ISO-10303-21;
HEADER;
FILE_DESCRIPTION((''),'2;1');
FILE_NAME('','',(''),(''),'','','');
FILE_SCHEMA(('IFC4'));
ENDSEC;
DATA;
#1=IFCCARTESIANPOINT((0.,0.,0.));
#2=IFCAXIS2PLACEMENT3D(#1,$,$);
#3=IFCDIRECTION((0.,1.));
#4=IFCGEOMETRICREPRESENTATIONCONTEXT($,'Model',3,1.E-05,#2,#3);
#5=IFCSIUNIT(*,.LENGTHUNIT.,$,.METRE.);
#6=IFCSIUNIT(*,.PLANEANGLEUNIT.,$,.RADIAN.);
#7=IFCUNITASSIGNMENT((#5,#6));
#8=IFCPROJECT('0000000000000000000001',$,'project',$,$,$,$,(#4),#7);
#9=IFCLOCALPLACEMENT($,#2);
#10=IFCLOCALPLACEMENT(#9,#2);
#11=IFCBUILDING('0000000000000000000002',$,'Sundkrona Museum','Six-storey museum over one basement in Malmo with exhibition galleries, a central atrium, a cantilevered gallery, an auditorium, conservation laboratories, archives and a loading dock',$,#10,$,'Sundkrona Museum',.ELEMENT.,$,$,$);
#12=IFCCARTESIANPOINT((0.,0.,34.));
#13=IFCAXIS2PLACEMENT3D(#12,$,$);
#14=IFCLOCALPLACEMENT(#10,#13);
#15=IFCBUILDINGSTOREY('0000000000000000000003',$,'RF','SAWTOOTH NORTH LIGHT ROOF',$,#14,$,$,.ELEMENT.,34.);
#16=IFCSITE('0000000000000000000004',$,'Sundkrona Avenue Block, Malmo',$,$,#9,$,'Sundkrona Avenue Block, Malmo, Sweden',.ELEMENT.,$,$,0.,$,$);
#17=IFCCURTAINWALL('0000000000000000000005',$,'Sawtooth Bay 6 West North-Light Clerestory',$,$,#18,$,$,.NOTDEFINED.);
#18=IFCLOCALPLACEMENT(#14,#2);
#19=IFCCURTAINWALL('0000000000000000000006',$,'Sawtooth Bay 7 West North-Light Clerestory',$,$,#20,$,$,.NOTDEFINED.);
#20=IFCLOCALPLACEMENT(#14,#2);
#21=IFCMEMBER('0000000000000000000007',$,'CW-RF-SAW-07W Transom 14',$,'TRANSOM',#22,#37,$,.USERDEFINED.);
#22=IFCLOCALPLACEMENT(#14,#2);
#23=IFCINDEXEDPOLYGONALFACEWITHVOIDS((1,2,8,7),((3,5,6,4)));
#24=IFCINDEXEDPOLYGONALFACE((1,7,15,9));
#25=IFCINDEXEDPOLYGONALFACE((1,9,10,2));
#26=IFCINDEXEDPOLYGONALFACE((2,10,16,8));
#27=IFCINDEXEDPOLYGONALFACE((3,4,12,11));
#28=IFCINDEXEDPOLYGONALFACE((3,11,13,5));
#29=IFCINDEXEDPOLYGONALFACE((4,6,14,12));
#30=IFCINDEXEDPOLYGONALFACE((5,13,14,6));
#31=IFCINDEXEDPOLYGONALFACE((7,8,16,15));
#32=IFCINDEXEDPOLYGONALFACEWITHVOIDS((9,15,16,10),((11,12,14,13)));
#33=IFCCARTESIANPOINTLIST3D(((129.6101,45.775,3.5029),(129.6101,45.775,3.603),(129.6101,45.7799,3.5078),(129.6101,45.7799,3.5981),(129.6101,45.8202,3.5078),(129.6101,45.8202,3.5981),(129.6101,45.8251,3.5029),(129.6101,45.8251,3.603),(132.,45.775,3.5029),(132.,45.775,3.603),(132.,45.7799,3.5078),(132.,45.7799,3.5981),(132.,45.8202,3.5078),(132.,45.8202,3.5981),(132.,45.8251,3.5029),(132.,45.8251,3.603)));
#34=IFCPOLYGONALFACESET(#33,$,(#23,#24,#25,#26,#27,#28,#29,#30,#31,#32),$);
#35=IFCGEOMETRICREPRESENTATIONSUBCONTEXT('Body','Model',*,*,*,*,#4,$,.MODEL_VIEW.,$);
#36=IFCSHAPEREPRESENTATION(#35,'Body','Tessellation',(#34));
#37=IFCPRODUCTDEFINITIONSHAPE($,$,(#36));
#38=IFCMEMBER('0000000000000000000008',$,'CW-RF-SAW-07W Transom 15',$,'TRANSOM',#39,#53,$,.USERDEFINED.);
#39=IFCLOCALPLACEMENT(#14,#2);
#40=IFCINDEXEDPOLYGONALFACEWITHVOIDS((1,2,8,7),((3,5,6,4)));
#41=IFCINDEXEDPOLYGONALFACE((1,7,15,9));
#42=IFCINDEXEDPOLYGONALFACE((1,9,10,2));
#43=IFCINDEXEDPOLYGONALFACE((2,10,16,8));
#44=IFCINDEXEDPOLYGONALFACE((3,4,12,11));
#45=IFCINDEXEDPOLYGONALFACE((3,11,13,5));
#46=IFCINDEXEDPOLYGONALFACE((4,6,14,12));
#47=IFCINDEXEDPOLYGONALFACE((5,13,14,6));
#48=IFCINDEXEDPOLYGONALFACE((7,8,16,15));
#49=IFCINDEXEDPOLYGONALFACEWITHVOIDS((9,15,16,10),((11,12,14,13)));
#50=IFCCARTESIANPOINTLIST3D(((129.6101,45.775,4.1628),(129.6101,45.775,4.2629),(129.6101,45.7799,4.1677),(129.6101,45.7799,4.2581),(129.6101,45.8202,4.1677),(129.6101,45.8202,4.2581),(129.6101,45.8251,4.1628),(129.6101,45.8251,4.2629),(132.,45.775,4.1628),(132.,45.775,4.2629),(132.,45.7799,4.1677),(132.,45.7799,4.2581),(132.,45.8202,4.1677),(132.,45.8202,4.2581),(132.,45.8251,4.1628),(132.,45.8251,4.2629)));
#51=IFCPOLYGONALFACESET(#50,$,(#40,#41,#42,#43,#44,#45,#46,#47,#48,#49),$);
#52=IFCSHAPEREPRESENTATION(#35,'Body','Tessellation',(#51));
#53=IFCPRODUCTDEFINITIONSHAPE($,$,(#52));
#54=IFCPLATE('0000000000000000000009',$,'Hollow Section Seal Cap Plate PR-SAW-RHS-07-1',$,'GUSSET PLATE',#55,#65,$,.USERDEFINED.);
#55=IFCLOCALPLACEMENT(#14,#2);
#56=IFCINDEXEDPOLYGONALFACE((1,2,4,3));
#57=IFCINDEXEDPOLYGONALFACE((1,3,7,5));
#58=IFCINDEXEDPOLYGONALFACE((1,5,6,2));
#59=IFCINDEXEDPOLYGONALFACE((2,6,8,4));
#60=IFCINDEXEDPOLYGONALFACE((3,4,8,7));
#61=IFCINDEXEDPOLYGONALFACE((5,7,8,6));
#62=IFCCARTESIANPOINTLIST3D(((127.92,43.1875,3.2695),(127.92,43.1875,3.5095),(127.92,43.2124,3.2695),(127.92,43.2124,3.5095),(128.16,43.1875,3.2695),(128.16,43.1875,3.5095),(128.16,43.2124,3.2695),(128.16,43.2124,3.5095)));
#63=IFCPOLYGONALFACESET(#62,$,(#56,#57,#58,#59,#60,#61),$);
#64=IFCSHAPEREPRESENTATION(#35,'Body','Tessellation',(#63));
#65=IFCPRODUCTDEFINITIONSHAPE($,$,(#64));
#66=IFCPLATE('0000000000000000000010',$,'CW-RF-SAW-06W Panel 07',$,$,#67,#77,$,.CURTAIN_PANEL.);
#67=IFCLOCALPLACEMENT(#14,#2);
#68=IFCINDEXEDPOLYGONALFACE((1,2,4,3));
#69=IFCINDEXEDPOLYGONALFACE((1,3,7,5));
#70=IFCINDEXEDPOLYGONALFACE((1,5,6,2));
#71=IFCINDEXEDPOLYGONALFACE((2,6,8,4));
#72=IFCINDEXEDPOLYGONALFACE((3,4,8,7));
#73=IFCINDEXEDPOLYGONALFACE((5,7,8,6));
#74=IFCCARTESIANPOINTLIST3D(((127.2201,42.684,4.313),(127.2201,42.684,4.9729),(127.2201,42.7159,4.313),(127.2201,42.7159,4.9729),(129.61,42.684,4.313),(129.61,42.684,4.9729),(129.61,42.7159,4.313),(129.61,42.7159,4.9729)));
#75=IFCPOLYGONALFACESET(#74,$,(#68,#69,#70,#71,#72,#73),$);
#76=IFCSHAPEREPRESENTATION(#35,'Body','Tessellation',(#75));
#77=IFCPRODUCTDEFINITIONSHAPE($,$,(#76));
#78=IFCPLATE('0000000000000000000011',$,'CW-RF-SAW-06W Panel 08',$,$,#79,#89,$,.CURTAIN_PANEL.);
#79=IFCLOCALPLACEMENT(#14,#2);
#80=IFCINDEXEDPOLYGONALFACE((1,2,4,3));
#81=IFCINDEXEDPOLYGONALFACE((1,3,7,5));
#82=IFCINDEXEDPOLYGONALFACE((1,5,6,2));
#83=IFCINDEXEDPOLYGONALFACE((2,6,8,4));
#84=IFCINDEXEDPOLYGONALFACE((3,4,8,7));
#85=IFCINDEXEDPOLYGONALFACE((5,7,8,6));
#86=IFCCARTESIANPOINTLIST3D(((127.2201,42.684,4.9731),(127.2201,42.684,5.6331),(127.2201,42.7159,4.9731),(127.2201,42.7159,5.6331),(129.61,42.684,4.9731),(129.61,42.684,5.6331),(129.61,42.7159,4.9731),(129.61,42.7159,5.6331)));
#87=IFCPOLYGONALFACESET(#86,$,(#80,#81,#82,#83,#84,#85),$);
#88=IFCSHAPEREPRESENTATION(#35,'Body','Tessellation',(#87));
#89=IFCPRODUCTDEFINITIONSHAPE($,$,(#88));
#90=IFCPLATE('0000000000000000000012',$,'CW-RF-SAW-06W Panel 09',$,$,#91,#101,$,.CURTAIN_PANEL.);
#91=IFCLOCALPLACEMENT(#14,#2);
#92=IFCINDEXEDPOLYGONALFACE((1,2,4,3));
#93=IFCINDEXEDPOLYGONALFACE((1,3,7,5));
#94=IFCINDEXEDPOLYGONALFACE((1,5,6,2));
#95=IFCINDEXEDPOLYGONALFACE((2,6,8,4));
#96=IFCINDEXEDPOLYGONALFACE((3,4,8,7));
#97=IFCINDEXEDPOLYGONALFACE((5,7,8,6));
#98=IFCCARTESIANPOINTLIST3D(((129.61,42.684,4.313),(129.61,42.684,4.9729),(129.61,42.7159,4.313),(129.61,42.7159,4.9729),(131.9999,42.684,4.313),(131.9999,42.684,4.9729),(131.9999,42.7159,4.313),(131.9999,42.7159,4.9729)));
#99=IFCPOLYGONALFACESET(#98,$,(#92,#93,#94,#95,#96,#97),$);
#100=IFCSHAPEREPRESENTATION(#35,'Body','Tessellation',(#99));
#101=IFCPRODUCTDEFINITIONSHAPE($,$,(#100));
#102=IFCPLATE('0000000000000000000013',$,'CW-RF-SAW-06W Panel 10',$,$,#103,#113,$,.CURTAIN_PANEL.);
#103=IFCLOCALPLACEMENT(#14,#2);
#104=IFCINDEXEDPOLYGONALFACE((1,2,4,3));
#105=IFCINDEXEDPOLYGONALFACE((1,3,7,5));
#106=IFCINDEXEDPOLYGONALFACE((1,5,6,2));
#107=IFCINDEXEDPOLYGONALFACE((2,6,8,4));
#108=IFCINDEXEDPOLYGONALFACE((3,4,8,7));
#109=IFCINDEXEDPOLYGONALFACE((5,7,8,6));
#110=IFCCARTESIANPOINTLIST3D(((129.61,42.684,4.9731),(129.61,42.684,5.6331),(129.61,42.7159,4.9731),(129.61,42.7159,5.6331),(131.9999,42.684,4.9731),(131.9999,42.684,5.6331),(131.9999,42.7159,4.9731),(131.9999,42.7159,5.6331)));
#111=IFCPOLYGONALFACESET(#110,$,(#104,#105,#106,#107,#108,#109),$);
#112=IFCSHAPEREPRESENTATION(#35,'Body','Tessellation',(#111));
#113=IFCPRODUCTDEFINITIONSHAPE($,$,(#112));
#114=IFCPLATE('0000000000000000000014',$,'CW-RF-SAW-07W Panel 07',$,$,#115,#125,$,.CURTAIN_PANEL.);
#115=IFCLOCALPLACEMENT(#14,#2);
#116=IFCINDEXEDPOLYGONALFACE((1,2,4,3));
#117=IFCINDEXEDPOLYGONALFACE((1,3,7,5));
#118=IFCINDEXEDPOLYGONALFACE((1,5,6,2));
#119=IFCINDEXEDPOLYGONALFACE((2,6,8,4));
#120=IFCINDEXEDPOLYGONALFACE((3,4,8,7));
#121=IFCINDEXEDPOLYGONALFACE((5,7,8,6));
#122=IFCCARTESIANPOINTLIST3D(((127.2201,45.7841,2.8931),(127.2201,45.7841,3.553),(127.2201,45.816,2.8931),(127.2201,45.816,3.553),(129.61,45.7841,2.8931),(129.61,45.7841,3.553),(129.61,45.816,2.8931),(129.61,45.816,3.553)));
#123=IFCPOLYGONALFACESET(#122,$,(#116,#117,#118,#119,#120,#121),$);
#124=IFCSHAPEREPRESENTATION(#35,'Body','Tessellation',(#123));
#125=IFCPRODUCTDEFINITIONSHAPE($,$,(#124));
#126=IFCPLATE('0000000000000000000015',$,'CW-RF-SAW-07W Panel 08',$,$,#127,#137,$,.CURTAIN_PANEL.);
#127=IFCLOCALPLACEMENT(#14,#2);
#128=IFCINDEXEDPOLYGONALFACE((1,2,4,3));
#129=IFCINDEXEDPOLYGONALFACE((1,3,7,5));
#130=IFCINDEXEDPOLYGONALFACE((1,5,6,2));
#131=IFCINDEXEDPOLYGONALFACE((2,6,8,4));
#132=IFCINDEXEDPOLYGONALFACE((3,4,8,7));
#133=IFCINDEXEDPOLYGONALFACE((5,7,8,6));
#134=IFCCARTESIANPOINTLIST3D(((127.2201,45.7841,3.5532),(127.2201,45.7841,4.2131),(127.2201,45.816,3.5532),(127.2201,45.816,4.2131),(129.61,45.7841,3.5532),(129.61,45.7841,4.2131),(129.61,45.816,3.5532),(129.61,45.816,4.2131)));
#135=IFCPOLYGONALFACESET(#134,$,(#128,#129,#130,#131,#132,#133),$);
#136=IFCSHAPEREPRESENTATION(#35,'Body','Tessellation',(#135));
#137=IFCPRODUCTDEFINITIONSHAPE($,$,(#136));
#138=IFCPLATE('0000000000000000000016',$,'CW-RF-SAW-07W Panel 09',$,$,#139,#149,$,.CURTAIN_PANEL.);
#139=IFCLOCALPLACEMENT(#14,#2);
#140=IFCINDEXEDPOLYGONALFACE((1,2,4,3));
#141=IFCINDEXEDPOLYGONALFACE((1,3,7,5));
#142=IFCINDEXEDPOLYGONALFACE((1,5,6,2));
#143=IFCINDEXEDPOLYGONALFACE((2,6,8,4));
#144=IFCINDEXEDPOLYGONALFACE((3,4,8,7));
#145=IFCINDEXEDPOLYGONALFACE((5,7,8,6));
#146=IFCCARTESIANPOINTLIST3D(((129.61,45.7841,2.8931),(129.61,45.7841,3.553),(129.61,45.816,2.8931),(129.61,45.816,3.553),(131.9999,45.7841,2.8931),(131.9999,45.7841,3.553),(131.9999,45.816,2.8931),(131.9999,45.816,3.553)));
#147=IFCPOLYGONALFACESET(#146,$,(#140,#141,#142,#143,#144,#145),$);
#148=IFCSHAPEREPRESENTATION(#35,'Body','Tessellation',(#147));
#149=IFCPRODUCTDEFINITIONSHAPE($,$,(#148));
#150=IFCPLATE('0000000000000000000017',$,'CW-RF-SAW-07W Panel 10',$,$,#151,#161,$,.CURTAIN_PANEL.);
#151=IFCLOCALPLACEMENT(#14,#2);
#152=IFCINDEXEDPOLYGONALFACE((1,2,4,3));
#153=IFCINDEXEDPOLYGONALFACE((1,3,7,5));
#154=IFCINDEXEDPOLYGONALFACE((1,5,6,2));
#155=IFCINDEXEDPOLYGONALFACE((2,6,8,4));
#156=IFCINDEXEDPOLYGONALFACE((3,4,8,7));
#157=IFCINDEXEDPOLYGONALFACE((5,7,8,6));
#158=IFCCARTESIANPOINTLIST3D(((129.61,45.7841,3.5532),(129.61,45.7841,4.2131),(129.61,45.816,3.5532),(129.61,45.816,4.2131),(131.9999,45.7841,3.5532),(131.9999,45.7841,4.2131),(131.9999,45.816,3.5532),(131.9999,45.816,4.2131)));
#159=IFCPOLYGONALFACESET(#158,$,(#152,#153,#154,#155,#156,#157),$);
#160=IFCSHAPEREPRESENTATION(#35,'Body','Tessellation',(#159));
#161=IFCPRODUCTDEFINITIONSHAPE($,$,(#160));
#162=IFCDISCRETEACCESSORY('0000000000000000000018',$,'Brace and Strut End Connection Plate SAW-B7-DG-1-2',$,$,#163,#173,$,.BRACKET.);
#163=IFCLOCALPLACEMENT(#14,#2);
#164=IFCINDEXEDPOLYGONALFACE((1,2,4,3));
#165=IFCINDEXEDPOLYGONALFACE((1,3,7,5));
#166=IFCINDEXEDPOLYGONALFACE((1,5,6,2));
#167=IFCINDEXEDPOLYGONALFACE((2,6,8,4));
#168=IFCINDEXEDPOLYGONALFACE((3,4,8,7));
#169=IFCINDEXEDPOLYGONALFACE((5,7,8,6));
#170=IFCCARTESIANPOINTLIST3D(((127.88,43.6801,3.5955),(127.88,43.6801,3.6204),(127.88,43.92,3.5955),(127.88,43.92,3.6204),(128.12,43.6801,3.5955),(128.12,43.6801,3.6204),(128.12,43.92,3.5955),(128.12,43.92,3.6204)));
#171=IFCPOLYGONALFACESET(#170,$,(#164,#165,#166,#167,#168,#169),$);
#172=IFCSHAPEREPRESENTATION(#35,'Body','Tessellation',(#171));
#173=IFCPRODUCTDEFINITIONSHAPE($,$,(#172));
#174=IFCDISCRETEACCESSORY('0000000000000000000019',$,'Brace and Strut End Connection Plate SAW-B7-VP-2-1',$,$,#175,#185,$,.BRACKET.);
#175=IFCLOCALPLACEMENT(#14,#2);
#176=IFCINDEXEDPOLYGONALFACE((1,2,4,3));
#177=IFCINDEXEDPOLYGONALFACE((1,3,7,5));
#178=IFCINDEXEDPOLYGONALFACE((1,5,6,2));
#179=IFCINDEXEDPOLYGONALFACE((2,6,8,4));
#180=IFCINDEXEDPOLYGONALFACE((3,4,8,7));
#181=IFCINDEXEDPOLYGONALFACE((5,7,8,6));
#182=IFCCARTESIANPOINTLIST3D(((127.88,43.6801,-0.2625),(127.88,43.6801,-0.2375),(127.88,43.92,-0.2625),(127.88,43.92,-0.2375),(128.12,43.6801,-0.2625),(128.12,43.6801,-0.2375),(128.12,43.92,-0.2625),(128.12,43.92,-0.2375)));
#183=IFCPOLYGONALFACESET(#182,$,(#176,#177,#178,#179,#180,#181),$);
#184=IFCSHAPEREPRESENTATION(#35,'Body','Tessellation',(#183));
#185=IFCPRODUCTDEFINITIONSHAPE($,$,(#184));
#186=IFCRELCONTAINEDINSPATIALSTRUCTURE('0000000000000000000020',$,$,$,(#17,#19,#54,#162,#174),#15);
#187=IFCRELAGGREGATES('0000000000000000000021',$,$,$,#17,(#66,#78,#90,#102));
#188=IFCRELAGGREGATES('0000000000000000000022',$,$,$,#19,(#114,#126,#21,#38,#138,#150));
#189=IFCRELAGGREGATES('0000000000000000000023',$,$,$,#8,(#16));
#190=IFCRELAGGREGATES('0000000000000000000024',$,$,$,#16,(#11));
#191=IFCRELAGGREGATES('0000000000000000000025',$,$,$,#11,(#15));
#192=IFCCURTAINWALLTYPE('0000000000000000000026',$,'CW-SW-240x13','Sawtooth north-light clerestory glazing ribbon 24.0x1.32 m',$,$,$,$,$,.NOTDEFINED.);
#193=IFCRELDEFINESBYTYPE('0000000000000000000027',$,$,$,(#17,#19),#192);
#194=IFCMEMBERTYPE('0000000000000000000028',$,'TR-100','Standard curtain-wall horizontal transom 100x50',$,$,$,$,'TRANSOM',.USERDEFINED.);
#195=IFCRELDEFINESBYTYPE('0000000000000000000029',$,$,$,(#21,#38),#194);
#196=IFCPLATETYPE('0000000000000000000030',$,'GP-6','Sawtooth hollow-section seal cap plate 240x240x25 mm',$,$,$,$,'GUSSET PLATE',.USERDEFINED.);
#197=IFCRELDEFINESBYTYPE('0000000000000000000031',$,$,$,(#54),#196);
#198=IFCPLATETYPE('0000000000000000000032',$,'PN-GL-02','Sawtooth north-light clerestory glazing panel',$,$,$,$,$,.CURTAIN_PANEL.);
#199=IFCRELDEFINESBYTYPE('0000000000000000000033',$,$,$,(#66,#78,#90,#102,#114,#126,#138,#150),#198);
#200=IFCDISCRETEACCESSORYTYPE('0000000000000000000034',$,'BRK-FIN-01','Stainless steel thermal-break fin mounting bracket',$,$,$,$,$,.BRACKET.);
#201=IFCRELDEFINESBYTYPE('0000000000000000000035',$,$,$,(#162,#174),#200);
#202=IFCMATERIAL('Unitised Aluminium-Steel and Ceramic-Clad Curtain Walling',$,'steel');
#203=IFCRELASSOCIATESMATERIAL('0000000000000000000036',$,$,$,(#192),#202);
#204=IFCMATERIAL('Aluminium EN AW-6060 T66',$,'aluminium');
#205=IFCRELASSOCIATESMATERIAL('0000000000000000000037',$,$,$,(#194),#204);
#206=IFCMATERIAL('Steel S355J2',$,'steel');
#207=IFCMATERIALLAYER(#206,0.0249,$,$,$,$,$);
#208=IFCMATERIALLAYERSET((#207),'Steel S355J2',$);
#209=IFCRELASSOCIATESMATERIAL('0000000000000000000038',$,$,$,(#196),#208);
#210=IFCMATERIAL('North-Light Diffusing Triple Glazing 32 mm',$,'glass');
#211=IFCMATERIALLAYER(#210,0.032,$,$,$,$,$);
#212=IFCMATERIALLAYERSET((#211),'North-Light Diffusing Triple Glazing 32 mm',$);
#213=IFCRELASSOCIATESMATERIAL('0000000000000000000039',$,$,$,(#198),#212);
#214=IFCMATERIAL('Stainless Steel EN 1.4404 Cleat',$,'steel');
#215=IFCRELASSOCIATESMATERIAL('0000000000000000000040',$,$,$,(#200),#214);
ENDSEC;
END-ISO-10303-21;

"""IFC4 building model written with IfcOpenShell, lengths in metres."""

from ifc_helpers import new_model, si_unit, direction, frame, origin, origin_2d, place, context, subcontext, project, spatial, rectangle, hollow_rectangle, extrude, material, layer, layer_set, material_profile, profile_set, type_object, element, aggregate, save


model = new_model("IFC4")

# Units and contexts
model_context = context("Model", 3, precision=1e-05, world=origin(), true_north=direction((0.0, 1.0)))
body_context = subcontext(model_context, "Body", "Model", "MODEL_VIEW")
ifc_project = project(units=[si_unit("LENGTHUNIT", "METRE"), si_unit("PLANEANGLEUNIT", "RADIAN")], contexts=[model_context])

# Site, building, storey
site_placement = place(None, origin())
site = spatial("IfcSite", under=ifc_project, at=site_placement, Name="Sundkrona Avenue Block, Malmo", LongName="Sundkrona Avenue Block, Malmo, Sweden", CompositionType="ELEMENT", RefElevation=0.0)
building_placement = place(site_placement, origin())
building = spatial("IfcBuilding", under=site, at=building_placement, Name="Sundkrona Museum", Description="Six-storey museum over one basement in Malmo with exhibition galleries, a central atrium, a cantilevered gallery, an auditorium, conservation laboratories, archives and a loading dock", LongName="Sundkrona Museum", CompositionType="ELEMENT")
storey_placement = place(building_placement, frame((0.0, 0.0, 34.0)))
storey = spatial("IfcBuildingStorey", under=building, at=storey_placement, Name="RF", Description="SAWTOOTH NORTH LIGHT ROOF", CompositionType="ELEMENT", Elevation=34.0)

# Curtain wall
ifc_material_1 = material(Name="Unitised Aluminium-Steel and Ceramic-Clad Curtain Walling", Category="steel")
curtain_wall_type = type_object("IfcCurtainWallType", Name="CW-SW-240x13", Description="Sawtooth north-light clerestory glazing ribbon 24.0x1.32 m", PredefinedType="NOTDEFINED", material=ifc_material_1)
curtain_wall_1_placement = place(storey_placement, origin())
curtain_wall_1 = element("IfcCurtainWall", 1, at=curtain_wall_1_placement, inside=storey, type_object=curtain_wall_type, Name="Sawtooth Bay 6 West North-Light Clerestory", PredefinedType="NOTDEFINED")
ifc_material_2 = material(Name="Aluminium EN AW-6060 T66", Category="aluminium")

# Curtain wall
curtain_wall_2_placement = place(storey_placement, origin())
curtain_wall_2 = element("IfcCurtainWall", 2, at=curtain_wall_2_placement, inside=storey, type_object=curtain_wall_type, Name="Sawtooth Bay 7 West North-Light Clerestory", PredefinedType="NOTDEFINED")

# Shared definitions
ifc_material_3 = material(Name="Steel S355J2", Category="steel")

# Members
ifc_material_profile_1 = material_profile(ifc_material_2, hollow_rectangle(XDim=0.05, YDim=0.1001, WallThickness=0.0049, at=origin_2d()), Name="RHS 100x50x5.0")
ifc_profile_set_1 = profile_set([ifc_material_profile_1], Name="Aluminium EN AW-6060 T66")
member_type_1 = type_object("IfcMemberType", Name="TR-100", Description="Standard curtain-wall horizontal transom 100x50", ElementType="TRANSOM", PredefinedType="USERDEFINED", material=ifc_profile_set_1)
member_1_placement = place(storey_placement, frame((129.6101, 45.8, 3.553), z_axis=(1.0, 0.0, 0.0), x_axis=(0.0, 1.0, 0.0)))
member_1 = element("IfcMember", 3, at=member_1_placement, type_object=member_type_1, Name="CW-RF-SAW-07W Transom 14", ObjectType="TRANSOM", PredefinedType="USERDEFINED", context=body_context, shape_type="SweptSolid", body=[
    extrude(hollow_rectangle(XDim=0.05, YDim=0.1001, WallThickness=0.0049, at=origin_2d()), origin(), (0.0, 0.0, 1.0), 2.3899),
])
member_2_placement = place(storey_placement, frame((129.6101, 45.8, 4.2129), z_axis=(1.0, 0.0, 0.0), x_axis=(0.0, 1.0, 0.0)))
member_2 = element("IfcMember", 4, at=member_2_placement, type_object=member_type_1, Name="CW-RF-SAW-07W Transom 15", ObjectType="TRANSOM", PredefinedType="USERDEFINED", context=body_context, shape_type="SweptSolid", body=[
    extrude(hollow_rectangle(XDim=0.05, YDim=0.1001, WallThickness=0.0049, at=origin_2d()), origin(), (0.0, 0.0, 1.0), 2.3899),
])

# Plates
ifc_layer_1 = layer(ifc_material_3, 0.0249)
ifc_layer_set_1 = layer_set([ifc_layer_1], Name="Steel S355J2")
plate_type_1 = type_object("IfcPlateType", Name="GP-6", Description="Sawtooth hollow-section seal cap plate 240x240x25 mm", ElementType="GUSSET PLATE", PredefinedType="USERDEFINED", material=ifc_layer_set_1)
plate_1_placement = place(storey_placement, frame((128.04, 43.2, 3.2695), z_axis=(0.0, 0.0, 1.0), x_axis=(1.0, 0.0, 0.0)))
element("IfcPlate", 5, at=plate_1_placement, inside=storey, type_object=plate_type_1, Name="Hollow Section Seal Cap Plate PR-SAW-RHS-07-1", ObjectType="GUSSET PLATE", PredefinedType="USERDEFINED", context=body_context, shape_type="SweptSolid", body=[
    extrude(rectangle(XDim=0.24, YDim=0.0249, at=origin_2d()), origin(), (0.0, 0.0, 1.0), 0.24),
])
ifc_material_4 = material(Name="North-Light Diffusing Triple Glazing 32 mm", Category="glass")
ifc_layer_2 = layer(ifc_material_4, 0.032)
ifc_layer_set_2 = layer_set([ifc_layer_2], Name="North-Light Diffusing Triple Glazing 32 mm")
plate_type_2 = type_object("IfcPlateType", Name="PN-GL-02", Description="Sawtooth north-light clerestory glazing panel", PredefinedType="CURTAIN_PANEL", material=ifc_layer_set_2)
plate_2_placement = place(storey_placement, frame((128.415, 42.7, 4.313), z_axis=(0.0, 0.0, 1.0), x_axis=(1.0, 0.0, 0.0)))
plate_2 = element("IfcPlate", 6, at=plate_2_placement, type_object=plate_type_2, Name="CW-RF-SAW-06W Panel 07", PredefinedType="CURTAIN_PANEL", context=body_context, shape_type="SweptSolid", body=[
    extrude(rectangle(XDim=2.3899, YDim=0.032, at=origin_2d()), origin(), (0.0, 0.0, 1.0), 0.6599),
])
plate_3_placement = place(storey_placement, frame((128.415, 42.7, 4.9731), z_axis=(0.0, 0.0, 1.0), x_axis=(1.0, 0.0, 0.0)))
plate_3 = element("IfcPlate", 7, at=plate_3_placement, type_object=plate_type_2, Name="CW-RF-SAW-06W Panel 08", PredefinedType="CURTAIN_PANEL", context=body_context, shape_type="SweptSolid", body=[
    extrude(rectangle(XDim=2.3899, YDim=0.032, at=origin_2d()), origin(), (0.0, 0.0, 1.0), 0.6599),
])
plate_4_placement = place(storey_placement, frame((130.8049, 42.7, 4.313), z_axis=(0.0, 0.0, 1.0), x_axis=(1.0, 0.0, 0.0)))
plate_4 = element("IfcPlate", 8, at=plate_4_placement, type_object=plate_type_2, Name="CW-RF-SAW-06W Panel 09", PredefinedType="CURTAIN_PANEL", context=body_context, shape_type="SweptSolid", body=[
    extrude(rectangle(XDim=2.3899, YDim=0.032, at=origin_2d()), origin(), (0.0, 0.0, 1.0), 0.6599),
])
plate_5_placement = place(storey_placement, frame((130.8049, 42.7, 4.9731), z_axis=(0.0, 0.0, 1.0), x_axis=(1.0, 0.0, 0.0)))
plate_5 = element("IfcPlate", 9, at=plate_5_placement, type_object=plate_type_2, Name="CW-RF-SAW-06W Panel 10", PredefinedType="CURTAIN_PANEL", context=body_context, shape_type="SweptSolid", body=[
    extrude(rectangle(XDim=2.3899, YDim=0.032, at=origin_2d()), origin(), (0.0, 0.0, 1.0), 0.6599),
])
aggregate(curtain_wall_1, [plate_2, plate_3, plate_4, plate_5])
plate_6_placement = place(storey_placement, frame((128.415, 45.8, 2.8931), z_axis=(0.0, 0.0, 1.0), x_axis=(1.0, 0.0, 0.0)))
plate_6 = element("IfcPlate", 10, at=plate_6_placement, type_object=plate_type_2, Name="CW-RF-SAW-07W Panel 07", PredefinedType="CURTAIN_PANEL", context=body_context, shape_type="SweptSolid", body=[
    extrude(rectangle(XDim=2.3899, YDim=0.032, at=origin_2d()), origin(), (0.0, 0.0, 1.0), 0.6599),
])
plate_7_placement = place(storey_placement, frame((128.415, 45.8, 3.5532), z_axis=(0.0, 0.0, 1.0), x_axis=(1.0, 0.0, 0.0)))
plate_7 = element("IfcPlate", 11, at=plate_7_placement, type_object=plate_type_2, Name="CW-RF-SAW-07W Panel 08", PredefinedType="CURTAIN_PANEL", context=body_context, shape_type="SweptSolid", body=[
    extrude(rectangle(XDim=2.3899, YDim=0.032, at=origin_2d()), origin(), (0.0, 0.0, 1.0), 0.6599),
])
plate_8_placement = place(storey_placement, frame((130.8049, 45.8, 2.8931), z_axis=(0.0, 0.0, 1.0), x_axis=(1.0, 0.0, 0.0)))
plate_8 = element("IfcPlate", 12, at=plate_8_placement, type_object=plate_type_2, Name="CW-RF-SAW-07W Panel 09", PredefinedType="CURTAIN_PANEL", context=body_context, shape_type="SweptSolid", body=[
    extrude(rectangle(XDim=2.3899, YDim=0.032, at=origin_2d()), origin(), (0.0, 0.0, 1.0), 0.6599),
])
plate_9_placement = place(storey_placement, frame((130.8049, 45.8, 3.5532), z_axis=(0.0, 0.0, 1.0), x_axis=(1.0, 0.0, 0.0)))
plate_9 = element("IfcPlate", 13, at=plate_9_placement, type_object=plate_type_2, Name="CW-RF-SAW-07W Panel 10", PredefinedType="CURTAIN_PANEL", context=body_context, shape_type="SweptSolid", body=[
    extrude(rectangle(XDim=2.3899, YDim=0.032, at=origin_2d()), origin(), (0.0, 0.0, 1.0), 0.6599),
])
aggregate(curtain_wall_2, [plate_6, plate_7, member_1, member_2, plate_8, plate_9])

# Discrete accessories
ifc_material_5 = material(Name="Stainless Steel EN 1.4404 Cleat", Category="steel")
discrete_accessory_type = type_object("IfcDiscreteAccessoryType", Name="BRK-FIN-01", Description="Stainless steel thermal-break fin mounting bracket", PredefinedType="BRACKET", material=ifc_material_5)
for number, where, z_axis, x_axis, name in (
    (14, (128.0, 43.8, 3.5955), (0.0, 0.0, 1.0), (1.0, 0.0, 0.0), "Brace and Strut End Connection Plate SAW-B7-DG-1-2"),
    (15, (128.0, 43.8, -0.2625), (0.0, 0.0, 1.0), (1.0, 0.0, 0.0), "Brace and Strut End Connection Plate SAW-B7-VP-2-1"),
):
    element("IfcDiscreteAccessory", number, at=place(storey_placement, frame(where, z_axis=z_axis, x_axis=x_axis)), inside=storey, type_object=discrete_accessory_type, Name=name, PredefinedType="BRACKET", context=body_context, shape_type="SweptSolid", body=[
        extrude(rectangle(XDim=0.24, YDim=0.24, at=origin_2d()), origin(), (0.0, 0.0, 1.0), 0.0249),
    ])

save(model, "model.ifc")
